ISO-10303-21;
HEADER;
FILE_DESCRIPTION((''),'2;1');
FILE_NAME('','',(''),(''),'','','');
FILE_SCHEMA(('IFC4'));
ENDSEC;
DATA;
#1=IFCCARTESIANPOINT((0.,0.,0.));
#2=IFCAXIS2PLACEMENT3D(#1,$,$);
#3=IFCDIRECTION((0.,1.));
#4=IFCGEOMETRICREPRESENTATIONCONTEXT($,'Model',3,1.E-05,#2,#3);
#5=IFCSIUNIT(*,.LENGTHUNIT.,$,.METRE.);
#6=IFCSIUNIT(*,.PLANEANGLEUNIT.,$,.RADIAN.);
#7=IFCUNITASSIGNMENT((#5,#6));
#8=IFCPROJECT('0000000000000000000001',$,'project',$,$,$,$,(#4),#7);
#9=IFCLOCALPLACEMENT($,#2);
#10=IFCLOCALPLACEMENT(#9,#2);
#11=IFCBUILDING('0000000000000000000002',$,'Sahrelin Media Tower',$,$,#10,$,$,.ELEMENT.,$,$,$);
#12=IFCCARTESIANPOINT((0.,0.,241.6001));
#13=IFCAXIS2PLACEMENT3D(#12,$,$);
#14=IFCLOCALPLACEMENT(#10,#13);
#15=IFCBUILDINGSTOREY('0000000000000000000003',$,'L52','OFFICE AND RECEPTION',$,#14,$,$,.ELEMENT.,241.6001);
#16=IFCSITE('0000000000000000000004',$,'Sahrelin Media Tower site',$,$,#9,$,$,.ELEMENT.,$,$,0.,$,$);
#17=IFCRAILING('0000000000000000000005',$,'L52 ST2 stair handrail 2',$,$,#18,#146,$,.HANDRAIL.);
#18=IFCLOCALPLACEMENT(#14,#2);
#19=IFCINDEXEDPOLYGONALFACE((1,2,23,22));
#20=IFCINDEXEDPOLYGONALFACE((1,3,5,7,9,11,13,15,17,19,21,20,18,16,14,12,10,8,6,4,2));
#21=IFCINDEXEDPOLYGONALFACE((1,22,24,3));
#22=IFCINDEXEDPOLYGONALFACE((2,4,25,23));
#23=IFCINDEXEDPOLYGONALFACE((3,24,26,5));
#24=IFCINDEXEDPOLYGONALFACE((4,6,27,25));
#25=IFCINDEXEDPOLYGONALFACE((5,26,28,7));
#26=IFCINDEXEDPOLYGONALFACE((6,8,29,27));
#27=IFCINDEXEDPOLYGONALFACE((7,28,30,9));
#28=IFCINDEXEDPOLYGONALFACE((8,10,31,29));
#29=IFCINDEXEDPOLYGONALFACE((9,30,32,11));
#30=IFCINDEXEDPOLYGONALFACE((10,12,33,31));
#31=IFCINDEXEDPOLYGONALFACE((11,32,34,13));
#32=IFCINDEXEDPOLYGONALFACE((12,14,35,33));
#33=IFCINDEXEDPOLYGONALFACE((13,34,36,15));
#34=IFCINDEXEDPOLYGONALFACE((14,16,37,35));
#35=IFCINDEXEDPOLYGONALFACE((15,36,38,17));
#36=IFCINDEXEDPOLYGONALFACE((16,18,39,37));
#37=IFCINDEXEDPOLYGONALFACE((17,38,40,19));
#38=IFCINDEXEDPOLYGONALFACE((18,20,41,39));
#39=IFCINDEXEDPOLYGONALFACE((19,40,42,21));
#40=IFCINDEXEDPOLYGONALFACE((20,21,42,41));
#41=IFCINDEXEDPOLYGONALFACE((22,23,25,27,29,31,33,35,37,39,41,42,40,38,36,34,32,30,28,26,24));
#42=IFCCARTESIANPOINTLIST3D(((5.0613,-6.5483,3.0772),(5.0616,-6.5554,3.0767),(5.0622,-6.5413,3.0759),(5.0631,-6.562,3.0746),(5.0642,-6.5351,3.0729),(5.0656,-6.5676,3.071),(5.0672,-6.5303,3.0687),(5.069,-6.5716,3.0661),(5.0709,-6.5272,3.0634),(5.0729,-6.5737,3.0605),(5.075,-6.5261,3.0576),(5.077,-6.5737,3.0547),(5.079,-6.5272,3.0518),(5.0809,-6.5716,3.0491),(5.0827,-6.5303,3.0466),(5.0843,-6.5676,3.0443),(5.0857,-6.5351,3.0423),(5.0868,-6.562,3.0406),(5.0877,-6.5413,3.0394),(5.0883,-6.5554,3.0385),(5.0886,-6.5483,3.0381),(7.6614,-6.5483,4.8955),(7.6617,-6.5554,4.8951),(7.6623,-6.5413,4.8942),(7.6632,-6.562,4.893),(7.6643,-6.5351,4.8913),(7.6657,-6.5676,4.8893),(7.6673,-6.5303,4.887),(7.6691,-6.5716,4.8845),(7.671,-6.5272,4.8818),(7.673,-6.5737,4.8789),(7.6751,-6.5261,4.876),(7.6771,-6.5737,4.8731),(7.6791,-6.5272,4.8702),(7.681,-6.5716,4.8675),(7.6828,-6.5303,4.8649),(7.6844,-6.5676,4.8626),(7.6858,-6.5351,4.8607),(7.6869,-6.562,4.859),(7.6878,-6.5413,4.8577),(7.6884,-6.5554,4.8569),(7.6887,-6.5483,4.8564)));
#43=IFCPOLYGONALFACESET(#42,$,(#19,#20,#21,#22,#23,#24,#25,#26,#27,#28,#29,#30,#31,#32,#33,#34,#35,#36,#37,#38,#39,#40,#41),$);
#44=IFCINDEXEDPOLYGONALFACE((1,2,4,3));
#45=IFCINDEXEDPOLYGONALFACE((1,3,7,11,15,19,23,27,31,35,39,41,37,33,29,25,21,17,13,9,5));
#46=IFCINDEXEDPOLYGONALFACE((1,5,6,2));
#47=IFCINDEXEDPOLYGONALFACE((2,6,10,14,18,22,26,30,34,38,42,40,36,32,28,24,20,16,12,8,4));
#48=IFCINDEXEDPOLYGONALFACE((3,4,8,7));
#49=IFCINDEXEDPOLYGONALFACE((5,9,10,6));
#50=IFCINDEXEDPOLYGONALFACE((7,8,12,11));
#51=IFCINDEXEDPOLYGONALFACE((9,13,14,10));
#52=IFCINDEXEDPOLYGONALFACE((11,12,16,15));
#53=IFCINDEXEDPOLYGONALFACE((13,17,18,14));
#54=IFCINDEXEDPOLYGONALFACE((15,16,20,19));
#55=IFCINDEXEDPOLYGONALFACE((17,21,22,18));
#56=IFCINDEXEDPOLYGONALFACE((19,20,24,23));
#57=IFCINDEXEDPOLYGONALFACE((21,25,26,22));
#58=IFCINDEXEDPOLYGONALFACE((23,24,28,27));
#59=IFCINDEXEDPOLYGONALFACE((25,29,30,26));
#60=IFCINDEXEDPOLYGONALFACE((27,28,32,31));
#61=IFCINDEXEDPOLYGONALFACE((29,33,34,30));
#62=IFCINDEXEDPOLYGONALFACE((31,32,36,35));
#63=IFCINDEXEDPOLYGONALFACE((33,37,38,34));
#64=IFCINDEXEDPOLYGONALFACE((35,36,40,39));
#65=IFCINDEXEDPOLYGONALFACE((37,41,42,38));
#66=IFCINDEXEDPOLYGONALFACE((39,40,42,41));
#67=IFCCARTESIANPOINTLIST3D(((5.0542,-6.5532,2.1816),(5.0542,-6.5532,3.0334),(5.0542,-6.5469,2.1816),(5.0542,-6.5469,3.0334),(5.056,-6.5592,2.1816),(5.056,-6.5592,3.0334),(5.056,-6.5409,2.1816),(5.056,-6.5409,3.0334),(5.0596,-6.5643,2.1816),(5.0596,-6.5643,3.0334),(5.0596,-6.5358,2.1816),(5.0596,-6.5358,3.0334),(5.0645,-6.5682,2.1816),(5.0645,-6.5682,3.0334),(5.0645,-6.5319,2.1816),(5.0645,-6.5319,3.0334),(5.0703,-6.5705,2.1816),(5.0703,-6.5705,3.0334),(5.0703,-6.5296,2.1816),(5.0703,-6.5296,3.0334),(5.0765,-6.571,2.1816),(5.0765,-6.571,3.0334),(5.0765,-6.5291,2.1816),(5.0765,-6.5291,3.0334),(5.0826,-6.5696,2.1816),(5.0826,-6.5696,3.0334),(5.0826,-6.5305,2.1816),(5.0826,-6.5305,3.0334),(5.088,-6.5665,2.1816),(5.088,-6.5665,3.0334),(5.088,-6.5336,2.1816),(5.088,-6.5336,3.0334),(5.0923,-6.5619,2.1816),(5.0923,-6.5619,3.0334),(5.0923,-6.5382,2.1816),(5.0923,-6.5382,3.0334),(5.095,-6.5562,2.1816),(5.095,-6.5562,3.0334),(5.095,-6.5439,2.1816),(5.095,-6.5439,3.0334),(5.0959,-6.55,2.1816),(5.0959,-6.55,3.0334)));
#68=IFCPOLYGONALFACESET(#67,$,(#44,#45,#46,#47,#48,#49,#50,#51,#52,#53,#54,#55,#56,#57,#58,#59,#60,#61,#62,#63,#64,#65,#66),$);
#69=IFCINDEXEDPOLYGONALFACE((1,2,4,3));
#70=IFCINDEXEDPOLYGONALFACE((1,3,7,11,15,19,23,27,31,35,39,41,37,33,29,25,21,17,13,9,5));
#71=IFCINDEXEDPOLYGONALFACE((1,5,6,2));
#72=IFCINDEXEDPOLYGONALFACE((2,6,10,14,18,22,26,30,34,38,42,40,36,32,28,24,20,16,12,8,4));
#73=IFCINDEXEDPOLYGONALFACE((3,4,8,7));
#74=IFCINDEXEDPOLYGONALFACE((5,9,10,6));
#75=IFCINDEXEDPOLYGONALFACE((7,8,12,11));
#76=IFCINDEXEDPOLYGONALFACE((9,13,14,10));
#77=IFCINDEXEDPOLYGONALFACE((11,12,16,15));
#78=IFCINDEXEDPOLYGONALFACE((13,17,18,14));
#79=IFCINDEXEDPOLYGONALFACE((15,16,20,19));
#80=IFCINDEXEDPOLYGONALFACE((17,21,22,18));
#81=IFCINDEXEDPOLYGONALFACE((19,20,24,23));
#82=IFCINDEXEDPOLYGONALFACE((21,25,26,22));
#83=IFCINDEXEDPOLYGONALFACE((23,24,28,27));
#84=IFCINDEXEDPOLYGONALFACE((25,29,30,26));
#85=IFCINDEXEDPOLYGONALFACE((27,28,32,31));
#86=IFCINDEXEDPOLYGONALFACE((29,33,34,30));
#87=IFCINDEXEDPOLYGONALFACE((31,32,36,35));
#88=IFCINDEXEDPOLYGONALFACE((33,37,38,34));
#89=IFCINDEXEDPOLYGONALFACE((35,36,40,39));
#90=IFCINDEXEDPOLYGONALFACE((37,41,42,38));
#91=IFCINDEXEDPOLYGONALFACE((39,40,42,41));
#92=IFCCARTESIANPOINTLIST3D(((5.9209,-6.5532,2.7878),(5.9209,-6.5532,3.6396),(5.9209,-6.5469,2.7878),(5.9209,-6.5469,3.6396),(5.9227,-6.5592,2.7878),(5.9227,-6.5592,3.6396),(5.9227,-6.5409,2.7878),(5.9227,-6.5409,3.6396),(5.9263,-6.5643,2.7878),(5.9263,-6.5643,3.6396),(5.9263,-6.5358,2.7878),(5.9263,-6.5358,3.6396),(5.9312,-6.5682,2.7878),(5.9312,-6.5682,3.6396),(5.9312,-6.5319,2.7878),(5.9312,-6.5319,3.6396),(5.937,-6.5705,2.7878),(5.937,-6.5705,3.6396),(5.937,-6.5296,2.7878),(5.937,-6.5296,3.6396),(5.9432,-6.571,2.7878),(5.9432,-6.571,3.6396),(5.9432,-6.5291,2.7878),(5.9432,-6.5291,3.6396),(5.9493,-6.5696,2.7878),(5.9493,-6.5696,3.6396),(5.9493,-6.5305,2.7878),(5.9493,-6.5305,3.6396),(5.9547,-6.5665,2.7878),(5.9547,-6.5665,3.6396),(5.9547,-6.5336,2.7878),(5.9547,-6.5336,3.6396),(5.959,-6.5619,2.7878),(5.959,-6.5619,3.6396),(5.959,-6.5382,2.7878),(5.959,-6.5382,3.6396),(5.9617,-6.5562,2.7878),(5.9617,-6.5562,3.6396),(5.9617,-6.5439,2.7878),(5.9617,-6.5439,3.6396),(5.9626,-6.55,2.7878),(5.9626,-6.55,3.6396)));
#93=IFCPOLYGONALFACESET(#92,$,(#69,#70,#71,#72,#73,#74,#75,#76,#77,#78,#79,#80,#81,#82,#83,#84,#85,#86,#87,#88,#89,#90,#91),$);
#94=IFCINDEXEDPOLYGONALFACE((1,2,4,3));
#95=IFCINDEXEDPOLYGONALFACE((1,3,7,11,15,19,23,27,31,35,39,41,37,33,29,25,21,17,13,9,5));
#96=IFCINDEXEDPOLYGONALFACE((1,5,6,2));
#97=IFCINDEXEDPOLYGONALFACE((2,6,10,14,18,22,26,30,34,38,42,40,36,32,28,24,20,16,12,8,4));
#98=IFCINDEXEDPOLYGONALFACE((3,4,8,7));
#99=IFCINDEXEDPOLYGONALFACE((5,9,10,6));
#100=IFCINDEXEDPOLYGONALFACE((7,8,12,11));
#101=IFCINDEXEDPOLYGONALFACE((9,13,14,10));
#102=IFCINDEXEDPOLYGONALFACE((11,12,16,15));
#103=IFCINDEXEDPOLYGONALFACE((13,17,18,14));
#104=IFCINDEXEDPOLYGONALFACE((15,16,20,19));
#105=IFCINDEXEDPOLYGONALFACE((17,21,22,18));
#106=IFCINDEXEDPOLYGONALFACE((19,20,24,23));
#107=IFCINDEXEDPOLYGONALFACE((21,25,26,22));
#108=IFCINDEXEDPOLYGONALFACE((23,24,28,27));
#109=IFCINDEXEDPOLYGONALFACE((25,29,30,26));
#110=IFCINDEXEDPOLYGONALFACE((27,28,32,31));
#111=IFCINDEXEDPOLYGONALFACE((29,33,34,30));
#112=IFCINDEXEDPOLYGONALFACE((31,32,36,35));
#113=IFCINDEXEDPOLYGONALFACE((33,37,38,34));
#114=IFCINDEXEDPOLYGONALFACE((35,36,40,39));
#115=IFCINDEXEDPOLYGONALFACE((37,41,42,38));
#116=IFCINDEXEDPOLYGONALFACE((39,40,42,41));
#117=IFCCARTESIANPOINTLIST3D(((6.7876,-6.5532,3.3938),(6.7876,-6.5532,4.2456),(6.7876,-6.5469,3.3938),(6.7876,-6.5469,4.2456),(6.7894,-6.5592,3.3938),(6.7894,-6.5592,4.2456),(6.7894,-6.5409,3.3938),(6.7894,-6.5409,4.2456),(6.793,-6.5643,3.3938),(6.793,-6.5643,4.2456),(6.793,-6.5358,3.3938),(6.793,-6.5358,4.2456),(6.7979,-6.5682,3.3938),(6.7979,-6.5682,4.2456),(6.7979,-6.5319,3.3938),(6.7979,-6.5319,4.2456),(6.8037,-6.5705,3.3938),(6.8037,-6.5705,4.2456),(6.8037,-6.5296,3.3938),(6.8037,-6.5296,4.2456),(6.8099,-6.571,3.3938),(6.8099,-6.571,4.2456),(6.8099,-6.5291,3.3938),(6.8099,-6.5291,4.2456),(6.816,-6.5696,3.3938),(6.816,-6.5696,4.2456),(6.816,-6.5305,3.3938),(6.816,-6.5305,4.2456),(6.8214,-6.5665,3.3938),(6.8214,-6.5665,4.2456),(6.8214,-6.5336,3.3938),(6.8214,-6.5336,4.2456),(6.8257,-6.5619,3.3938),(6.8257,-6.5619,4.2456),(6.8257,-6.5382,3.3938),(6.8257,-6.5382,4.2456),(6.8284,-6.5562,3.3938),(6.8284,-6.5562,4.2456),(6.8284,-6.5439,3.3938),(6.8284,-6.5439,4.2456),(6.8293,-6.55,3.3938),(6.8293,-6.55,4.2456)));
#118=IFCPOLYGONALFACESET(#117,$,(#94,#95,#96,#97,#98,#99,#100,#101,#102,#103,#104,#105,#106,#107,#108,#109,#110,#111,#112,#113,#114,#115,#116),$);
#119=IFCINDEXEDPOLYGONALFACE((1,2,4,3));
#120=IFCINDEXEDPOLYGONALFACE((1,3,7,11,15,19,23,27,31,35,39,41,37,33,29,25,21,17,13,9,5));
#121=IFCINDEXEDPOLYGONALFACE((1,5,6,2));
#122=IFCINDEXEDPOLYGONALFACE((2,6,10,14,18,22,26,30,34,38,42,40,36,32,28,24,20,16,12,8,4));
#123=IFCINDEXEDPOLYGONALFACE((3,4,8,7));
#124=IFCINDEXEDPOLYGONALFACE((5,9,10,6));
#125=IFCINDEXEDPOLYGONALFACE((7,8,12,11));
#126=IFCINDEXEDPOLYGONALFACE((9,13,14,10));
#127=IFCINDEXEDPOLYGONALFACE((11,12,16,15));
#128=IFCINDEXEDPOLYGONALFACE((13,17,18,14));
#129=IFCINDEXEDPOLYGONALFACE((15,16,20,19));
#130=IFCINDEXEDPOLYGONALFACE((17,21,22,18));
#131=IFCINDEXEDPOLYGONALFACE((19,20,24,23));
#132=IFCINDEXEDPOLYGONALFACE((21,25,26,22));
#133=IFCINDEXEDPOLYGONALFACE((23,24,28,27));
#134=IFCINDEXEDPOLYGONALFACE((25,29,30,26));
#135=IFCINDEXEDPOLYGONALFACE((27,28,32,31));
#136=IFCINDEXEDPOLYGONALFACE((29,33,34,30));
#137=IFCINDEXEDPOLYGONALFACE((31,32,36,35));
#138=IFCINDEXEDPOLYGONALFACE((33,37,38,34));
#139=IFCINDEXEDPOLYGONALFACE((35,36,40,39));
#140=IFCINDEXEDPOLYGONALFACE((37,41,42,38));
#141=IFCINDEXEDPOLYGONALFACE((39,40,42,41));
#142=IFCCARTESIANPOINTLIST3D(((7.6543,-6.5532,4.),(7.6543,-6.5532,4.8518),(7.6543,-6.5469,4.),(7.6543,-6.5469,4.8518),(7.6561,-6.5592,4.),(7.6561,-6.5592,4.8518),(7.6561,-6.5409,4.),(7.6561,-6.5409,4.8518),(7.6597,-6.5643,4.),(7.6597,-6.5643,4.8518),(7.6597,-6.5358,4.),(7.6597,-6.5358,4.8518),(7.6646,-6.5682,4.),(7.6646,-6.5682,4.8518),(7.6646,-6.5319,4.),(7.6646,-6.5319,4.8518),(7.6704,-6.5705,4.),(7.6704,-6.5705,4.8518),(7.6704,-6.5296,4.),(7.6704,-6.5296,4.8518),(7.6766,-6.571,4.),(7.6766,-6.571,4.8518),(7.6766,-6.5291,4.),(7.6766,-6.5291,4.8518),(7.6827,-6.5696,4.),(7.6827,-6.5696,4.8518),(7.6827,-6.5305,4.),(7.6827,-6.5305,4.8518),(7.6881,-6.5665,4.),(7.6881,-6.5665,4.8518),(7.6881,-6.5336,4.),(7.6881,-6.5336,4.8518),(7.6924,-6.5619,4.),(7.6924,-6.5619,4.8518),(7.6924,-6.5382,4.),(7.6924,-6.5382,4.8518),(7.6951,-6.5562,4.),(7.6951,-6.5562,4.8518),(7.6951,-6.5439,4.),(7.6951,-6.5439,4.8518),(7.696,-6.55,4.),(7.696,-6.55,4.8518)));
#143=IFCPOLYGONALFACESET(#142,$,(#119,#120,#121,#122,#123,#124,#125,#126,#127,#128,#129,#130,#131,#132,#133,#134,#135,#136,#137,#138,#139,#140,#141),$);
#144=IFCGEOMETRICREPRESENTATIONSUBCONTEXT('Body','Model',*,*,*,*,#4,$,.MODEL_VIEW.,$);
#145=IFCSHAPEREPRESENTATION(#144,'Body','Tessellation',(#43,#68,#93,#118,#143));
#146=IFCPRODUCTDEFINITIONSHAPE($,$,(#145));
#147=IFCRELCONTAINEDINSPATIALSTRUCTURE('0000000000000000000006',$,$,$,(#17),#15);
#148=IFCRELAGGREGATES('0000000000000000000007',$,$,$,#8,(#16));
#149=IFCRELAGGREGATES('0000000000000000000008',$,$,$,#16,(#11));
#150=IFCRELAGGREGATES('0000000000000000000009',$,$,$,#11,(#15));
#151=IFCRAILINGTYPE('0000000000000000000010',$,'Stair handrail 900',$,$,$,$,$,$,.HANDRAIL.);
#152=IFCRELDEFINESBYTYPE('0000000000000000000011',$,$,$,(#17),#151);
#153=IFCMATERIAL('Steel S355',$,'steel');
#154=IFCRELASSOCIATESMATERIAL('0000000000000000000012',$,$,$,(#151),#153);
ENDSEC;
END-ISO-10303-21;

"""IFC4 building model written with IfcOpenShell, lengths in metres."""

from ifc_helpers import new_model, si_unit, direction, frame, origin, origin_2d, place, context, subcontext, project, spatial, circle, extrude, material, type_object, element, save


model = new_model("IFC4")

# Units and contexts
model_context = context("Model", 3, precision=1e-05, world=origin(), true_north=direction((0.0, 1.0)))
body_context = subcontext(model_context, "Body", "Model", "MODEL_VIEW")
ifc_project = project(units=[si_unit("LENGTHUNIT", "METRE"), si_unit("PLANEANGLEUNIT", "RADIAN")], contexts=[model_context])

# Site, building, storey
site_placement = place(None, origin())
site = spatial("IfcSite", under=ifc_project, at=site_placement, Name="Sahrelin Media Tower site", CompositionType="ELEMENT", RefElevation=0.0)
building_placement = place(site_placement, origin())
building = spatial("IfcBuilding", under=site, at=building_placement, Name="Sahrelin Media Tower", CompositionType="ELEMENT")
storey_placement = place(building_placement, frame((0.0, 0.0, 241.6001)))
storey = spatial("IfcBuildingStorey", under=building, at=storey_placement, Name="L52", Description="OFFICE AND RECEPTION", CompositionType="ELEMENT", Elevation=241.6001)

# Shared definitions
ifc_material_1 = material(Name="Steel S355", Category="steel")

# Railing
railing_type_1 = type_object("IfcRailingType", Name="Stair handrail 900", PredefinedType="HANDRAIL", material=ifc_material_1)
railing_1_placement = place(storey_placement, frame((5.075, -6.55, 2.1816)))
element("IfcRailing", 1, at=railing_1_placement, inside=storey, type_object=railing_type_1, Name="L52 ST2 stair handrail 2", PredefinedType="HANDRAIL", context=body_context, shape_type="SweptSolid", body=[
    extrude(circle(Radius=0.0239, at=origin_2d()), frame((0.0, 0.0, 0.876), z_axis=(0.819485, 0.0, 0.573101), x_axis=(0.0, 1.0, 0.0)), (0.0, 0.0, 1.0), 3.1729),
    extrude(circle(Radius=0.021, at=origin_2d()), origin(), (0.0, 0.0, 1.0), 0.8518),
    extrude(circle(Radius=0.021, at=origin_2d()), frame((0.8667, 0.0, 0.6062)), (0.0, 0.0, 1.0), 0.8518),
    extrude(circle(Radius=0.021, at=origin_2d()), frame((1.7334, 0.0, 1.2122)), (0.0, 0.0, 1.0), 0.8518),
    extrude(circle(Radius=0.021, at=origin_2d()), frame((2.6001, 0.0, 1.8184)), (0.0, 0.0, 1.0), 0.8518),
])

save(model, "model.ifc")
